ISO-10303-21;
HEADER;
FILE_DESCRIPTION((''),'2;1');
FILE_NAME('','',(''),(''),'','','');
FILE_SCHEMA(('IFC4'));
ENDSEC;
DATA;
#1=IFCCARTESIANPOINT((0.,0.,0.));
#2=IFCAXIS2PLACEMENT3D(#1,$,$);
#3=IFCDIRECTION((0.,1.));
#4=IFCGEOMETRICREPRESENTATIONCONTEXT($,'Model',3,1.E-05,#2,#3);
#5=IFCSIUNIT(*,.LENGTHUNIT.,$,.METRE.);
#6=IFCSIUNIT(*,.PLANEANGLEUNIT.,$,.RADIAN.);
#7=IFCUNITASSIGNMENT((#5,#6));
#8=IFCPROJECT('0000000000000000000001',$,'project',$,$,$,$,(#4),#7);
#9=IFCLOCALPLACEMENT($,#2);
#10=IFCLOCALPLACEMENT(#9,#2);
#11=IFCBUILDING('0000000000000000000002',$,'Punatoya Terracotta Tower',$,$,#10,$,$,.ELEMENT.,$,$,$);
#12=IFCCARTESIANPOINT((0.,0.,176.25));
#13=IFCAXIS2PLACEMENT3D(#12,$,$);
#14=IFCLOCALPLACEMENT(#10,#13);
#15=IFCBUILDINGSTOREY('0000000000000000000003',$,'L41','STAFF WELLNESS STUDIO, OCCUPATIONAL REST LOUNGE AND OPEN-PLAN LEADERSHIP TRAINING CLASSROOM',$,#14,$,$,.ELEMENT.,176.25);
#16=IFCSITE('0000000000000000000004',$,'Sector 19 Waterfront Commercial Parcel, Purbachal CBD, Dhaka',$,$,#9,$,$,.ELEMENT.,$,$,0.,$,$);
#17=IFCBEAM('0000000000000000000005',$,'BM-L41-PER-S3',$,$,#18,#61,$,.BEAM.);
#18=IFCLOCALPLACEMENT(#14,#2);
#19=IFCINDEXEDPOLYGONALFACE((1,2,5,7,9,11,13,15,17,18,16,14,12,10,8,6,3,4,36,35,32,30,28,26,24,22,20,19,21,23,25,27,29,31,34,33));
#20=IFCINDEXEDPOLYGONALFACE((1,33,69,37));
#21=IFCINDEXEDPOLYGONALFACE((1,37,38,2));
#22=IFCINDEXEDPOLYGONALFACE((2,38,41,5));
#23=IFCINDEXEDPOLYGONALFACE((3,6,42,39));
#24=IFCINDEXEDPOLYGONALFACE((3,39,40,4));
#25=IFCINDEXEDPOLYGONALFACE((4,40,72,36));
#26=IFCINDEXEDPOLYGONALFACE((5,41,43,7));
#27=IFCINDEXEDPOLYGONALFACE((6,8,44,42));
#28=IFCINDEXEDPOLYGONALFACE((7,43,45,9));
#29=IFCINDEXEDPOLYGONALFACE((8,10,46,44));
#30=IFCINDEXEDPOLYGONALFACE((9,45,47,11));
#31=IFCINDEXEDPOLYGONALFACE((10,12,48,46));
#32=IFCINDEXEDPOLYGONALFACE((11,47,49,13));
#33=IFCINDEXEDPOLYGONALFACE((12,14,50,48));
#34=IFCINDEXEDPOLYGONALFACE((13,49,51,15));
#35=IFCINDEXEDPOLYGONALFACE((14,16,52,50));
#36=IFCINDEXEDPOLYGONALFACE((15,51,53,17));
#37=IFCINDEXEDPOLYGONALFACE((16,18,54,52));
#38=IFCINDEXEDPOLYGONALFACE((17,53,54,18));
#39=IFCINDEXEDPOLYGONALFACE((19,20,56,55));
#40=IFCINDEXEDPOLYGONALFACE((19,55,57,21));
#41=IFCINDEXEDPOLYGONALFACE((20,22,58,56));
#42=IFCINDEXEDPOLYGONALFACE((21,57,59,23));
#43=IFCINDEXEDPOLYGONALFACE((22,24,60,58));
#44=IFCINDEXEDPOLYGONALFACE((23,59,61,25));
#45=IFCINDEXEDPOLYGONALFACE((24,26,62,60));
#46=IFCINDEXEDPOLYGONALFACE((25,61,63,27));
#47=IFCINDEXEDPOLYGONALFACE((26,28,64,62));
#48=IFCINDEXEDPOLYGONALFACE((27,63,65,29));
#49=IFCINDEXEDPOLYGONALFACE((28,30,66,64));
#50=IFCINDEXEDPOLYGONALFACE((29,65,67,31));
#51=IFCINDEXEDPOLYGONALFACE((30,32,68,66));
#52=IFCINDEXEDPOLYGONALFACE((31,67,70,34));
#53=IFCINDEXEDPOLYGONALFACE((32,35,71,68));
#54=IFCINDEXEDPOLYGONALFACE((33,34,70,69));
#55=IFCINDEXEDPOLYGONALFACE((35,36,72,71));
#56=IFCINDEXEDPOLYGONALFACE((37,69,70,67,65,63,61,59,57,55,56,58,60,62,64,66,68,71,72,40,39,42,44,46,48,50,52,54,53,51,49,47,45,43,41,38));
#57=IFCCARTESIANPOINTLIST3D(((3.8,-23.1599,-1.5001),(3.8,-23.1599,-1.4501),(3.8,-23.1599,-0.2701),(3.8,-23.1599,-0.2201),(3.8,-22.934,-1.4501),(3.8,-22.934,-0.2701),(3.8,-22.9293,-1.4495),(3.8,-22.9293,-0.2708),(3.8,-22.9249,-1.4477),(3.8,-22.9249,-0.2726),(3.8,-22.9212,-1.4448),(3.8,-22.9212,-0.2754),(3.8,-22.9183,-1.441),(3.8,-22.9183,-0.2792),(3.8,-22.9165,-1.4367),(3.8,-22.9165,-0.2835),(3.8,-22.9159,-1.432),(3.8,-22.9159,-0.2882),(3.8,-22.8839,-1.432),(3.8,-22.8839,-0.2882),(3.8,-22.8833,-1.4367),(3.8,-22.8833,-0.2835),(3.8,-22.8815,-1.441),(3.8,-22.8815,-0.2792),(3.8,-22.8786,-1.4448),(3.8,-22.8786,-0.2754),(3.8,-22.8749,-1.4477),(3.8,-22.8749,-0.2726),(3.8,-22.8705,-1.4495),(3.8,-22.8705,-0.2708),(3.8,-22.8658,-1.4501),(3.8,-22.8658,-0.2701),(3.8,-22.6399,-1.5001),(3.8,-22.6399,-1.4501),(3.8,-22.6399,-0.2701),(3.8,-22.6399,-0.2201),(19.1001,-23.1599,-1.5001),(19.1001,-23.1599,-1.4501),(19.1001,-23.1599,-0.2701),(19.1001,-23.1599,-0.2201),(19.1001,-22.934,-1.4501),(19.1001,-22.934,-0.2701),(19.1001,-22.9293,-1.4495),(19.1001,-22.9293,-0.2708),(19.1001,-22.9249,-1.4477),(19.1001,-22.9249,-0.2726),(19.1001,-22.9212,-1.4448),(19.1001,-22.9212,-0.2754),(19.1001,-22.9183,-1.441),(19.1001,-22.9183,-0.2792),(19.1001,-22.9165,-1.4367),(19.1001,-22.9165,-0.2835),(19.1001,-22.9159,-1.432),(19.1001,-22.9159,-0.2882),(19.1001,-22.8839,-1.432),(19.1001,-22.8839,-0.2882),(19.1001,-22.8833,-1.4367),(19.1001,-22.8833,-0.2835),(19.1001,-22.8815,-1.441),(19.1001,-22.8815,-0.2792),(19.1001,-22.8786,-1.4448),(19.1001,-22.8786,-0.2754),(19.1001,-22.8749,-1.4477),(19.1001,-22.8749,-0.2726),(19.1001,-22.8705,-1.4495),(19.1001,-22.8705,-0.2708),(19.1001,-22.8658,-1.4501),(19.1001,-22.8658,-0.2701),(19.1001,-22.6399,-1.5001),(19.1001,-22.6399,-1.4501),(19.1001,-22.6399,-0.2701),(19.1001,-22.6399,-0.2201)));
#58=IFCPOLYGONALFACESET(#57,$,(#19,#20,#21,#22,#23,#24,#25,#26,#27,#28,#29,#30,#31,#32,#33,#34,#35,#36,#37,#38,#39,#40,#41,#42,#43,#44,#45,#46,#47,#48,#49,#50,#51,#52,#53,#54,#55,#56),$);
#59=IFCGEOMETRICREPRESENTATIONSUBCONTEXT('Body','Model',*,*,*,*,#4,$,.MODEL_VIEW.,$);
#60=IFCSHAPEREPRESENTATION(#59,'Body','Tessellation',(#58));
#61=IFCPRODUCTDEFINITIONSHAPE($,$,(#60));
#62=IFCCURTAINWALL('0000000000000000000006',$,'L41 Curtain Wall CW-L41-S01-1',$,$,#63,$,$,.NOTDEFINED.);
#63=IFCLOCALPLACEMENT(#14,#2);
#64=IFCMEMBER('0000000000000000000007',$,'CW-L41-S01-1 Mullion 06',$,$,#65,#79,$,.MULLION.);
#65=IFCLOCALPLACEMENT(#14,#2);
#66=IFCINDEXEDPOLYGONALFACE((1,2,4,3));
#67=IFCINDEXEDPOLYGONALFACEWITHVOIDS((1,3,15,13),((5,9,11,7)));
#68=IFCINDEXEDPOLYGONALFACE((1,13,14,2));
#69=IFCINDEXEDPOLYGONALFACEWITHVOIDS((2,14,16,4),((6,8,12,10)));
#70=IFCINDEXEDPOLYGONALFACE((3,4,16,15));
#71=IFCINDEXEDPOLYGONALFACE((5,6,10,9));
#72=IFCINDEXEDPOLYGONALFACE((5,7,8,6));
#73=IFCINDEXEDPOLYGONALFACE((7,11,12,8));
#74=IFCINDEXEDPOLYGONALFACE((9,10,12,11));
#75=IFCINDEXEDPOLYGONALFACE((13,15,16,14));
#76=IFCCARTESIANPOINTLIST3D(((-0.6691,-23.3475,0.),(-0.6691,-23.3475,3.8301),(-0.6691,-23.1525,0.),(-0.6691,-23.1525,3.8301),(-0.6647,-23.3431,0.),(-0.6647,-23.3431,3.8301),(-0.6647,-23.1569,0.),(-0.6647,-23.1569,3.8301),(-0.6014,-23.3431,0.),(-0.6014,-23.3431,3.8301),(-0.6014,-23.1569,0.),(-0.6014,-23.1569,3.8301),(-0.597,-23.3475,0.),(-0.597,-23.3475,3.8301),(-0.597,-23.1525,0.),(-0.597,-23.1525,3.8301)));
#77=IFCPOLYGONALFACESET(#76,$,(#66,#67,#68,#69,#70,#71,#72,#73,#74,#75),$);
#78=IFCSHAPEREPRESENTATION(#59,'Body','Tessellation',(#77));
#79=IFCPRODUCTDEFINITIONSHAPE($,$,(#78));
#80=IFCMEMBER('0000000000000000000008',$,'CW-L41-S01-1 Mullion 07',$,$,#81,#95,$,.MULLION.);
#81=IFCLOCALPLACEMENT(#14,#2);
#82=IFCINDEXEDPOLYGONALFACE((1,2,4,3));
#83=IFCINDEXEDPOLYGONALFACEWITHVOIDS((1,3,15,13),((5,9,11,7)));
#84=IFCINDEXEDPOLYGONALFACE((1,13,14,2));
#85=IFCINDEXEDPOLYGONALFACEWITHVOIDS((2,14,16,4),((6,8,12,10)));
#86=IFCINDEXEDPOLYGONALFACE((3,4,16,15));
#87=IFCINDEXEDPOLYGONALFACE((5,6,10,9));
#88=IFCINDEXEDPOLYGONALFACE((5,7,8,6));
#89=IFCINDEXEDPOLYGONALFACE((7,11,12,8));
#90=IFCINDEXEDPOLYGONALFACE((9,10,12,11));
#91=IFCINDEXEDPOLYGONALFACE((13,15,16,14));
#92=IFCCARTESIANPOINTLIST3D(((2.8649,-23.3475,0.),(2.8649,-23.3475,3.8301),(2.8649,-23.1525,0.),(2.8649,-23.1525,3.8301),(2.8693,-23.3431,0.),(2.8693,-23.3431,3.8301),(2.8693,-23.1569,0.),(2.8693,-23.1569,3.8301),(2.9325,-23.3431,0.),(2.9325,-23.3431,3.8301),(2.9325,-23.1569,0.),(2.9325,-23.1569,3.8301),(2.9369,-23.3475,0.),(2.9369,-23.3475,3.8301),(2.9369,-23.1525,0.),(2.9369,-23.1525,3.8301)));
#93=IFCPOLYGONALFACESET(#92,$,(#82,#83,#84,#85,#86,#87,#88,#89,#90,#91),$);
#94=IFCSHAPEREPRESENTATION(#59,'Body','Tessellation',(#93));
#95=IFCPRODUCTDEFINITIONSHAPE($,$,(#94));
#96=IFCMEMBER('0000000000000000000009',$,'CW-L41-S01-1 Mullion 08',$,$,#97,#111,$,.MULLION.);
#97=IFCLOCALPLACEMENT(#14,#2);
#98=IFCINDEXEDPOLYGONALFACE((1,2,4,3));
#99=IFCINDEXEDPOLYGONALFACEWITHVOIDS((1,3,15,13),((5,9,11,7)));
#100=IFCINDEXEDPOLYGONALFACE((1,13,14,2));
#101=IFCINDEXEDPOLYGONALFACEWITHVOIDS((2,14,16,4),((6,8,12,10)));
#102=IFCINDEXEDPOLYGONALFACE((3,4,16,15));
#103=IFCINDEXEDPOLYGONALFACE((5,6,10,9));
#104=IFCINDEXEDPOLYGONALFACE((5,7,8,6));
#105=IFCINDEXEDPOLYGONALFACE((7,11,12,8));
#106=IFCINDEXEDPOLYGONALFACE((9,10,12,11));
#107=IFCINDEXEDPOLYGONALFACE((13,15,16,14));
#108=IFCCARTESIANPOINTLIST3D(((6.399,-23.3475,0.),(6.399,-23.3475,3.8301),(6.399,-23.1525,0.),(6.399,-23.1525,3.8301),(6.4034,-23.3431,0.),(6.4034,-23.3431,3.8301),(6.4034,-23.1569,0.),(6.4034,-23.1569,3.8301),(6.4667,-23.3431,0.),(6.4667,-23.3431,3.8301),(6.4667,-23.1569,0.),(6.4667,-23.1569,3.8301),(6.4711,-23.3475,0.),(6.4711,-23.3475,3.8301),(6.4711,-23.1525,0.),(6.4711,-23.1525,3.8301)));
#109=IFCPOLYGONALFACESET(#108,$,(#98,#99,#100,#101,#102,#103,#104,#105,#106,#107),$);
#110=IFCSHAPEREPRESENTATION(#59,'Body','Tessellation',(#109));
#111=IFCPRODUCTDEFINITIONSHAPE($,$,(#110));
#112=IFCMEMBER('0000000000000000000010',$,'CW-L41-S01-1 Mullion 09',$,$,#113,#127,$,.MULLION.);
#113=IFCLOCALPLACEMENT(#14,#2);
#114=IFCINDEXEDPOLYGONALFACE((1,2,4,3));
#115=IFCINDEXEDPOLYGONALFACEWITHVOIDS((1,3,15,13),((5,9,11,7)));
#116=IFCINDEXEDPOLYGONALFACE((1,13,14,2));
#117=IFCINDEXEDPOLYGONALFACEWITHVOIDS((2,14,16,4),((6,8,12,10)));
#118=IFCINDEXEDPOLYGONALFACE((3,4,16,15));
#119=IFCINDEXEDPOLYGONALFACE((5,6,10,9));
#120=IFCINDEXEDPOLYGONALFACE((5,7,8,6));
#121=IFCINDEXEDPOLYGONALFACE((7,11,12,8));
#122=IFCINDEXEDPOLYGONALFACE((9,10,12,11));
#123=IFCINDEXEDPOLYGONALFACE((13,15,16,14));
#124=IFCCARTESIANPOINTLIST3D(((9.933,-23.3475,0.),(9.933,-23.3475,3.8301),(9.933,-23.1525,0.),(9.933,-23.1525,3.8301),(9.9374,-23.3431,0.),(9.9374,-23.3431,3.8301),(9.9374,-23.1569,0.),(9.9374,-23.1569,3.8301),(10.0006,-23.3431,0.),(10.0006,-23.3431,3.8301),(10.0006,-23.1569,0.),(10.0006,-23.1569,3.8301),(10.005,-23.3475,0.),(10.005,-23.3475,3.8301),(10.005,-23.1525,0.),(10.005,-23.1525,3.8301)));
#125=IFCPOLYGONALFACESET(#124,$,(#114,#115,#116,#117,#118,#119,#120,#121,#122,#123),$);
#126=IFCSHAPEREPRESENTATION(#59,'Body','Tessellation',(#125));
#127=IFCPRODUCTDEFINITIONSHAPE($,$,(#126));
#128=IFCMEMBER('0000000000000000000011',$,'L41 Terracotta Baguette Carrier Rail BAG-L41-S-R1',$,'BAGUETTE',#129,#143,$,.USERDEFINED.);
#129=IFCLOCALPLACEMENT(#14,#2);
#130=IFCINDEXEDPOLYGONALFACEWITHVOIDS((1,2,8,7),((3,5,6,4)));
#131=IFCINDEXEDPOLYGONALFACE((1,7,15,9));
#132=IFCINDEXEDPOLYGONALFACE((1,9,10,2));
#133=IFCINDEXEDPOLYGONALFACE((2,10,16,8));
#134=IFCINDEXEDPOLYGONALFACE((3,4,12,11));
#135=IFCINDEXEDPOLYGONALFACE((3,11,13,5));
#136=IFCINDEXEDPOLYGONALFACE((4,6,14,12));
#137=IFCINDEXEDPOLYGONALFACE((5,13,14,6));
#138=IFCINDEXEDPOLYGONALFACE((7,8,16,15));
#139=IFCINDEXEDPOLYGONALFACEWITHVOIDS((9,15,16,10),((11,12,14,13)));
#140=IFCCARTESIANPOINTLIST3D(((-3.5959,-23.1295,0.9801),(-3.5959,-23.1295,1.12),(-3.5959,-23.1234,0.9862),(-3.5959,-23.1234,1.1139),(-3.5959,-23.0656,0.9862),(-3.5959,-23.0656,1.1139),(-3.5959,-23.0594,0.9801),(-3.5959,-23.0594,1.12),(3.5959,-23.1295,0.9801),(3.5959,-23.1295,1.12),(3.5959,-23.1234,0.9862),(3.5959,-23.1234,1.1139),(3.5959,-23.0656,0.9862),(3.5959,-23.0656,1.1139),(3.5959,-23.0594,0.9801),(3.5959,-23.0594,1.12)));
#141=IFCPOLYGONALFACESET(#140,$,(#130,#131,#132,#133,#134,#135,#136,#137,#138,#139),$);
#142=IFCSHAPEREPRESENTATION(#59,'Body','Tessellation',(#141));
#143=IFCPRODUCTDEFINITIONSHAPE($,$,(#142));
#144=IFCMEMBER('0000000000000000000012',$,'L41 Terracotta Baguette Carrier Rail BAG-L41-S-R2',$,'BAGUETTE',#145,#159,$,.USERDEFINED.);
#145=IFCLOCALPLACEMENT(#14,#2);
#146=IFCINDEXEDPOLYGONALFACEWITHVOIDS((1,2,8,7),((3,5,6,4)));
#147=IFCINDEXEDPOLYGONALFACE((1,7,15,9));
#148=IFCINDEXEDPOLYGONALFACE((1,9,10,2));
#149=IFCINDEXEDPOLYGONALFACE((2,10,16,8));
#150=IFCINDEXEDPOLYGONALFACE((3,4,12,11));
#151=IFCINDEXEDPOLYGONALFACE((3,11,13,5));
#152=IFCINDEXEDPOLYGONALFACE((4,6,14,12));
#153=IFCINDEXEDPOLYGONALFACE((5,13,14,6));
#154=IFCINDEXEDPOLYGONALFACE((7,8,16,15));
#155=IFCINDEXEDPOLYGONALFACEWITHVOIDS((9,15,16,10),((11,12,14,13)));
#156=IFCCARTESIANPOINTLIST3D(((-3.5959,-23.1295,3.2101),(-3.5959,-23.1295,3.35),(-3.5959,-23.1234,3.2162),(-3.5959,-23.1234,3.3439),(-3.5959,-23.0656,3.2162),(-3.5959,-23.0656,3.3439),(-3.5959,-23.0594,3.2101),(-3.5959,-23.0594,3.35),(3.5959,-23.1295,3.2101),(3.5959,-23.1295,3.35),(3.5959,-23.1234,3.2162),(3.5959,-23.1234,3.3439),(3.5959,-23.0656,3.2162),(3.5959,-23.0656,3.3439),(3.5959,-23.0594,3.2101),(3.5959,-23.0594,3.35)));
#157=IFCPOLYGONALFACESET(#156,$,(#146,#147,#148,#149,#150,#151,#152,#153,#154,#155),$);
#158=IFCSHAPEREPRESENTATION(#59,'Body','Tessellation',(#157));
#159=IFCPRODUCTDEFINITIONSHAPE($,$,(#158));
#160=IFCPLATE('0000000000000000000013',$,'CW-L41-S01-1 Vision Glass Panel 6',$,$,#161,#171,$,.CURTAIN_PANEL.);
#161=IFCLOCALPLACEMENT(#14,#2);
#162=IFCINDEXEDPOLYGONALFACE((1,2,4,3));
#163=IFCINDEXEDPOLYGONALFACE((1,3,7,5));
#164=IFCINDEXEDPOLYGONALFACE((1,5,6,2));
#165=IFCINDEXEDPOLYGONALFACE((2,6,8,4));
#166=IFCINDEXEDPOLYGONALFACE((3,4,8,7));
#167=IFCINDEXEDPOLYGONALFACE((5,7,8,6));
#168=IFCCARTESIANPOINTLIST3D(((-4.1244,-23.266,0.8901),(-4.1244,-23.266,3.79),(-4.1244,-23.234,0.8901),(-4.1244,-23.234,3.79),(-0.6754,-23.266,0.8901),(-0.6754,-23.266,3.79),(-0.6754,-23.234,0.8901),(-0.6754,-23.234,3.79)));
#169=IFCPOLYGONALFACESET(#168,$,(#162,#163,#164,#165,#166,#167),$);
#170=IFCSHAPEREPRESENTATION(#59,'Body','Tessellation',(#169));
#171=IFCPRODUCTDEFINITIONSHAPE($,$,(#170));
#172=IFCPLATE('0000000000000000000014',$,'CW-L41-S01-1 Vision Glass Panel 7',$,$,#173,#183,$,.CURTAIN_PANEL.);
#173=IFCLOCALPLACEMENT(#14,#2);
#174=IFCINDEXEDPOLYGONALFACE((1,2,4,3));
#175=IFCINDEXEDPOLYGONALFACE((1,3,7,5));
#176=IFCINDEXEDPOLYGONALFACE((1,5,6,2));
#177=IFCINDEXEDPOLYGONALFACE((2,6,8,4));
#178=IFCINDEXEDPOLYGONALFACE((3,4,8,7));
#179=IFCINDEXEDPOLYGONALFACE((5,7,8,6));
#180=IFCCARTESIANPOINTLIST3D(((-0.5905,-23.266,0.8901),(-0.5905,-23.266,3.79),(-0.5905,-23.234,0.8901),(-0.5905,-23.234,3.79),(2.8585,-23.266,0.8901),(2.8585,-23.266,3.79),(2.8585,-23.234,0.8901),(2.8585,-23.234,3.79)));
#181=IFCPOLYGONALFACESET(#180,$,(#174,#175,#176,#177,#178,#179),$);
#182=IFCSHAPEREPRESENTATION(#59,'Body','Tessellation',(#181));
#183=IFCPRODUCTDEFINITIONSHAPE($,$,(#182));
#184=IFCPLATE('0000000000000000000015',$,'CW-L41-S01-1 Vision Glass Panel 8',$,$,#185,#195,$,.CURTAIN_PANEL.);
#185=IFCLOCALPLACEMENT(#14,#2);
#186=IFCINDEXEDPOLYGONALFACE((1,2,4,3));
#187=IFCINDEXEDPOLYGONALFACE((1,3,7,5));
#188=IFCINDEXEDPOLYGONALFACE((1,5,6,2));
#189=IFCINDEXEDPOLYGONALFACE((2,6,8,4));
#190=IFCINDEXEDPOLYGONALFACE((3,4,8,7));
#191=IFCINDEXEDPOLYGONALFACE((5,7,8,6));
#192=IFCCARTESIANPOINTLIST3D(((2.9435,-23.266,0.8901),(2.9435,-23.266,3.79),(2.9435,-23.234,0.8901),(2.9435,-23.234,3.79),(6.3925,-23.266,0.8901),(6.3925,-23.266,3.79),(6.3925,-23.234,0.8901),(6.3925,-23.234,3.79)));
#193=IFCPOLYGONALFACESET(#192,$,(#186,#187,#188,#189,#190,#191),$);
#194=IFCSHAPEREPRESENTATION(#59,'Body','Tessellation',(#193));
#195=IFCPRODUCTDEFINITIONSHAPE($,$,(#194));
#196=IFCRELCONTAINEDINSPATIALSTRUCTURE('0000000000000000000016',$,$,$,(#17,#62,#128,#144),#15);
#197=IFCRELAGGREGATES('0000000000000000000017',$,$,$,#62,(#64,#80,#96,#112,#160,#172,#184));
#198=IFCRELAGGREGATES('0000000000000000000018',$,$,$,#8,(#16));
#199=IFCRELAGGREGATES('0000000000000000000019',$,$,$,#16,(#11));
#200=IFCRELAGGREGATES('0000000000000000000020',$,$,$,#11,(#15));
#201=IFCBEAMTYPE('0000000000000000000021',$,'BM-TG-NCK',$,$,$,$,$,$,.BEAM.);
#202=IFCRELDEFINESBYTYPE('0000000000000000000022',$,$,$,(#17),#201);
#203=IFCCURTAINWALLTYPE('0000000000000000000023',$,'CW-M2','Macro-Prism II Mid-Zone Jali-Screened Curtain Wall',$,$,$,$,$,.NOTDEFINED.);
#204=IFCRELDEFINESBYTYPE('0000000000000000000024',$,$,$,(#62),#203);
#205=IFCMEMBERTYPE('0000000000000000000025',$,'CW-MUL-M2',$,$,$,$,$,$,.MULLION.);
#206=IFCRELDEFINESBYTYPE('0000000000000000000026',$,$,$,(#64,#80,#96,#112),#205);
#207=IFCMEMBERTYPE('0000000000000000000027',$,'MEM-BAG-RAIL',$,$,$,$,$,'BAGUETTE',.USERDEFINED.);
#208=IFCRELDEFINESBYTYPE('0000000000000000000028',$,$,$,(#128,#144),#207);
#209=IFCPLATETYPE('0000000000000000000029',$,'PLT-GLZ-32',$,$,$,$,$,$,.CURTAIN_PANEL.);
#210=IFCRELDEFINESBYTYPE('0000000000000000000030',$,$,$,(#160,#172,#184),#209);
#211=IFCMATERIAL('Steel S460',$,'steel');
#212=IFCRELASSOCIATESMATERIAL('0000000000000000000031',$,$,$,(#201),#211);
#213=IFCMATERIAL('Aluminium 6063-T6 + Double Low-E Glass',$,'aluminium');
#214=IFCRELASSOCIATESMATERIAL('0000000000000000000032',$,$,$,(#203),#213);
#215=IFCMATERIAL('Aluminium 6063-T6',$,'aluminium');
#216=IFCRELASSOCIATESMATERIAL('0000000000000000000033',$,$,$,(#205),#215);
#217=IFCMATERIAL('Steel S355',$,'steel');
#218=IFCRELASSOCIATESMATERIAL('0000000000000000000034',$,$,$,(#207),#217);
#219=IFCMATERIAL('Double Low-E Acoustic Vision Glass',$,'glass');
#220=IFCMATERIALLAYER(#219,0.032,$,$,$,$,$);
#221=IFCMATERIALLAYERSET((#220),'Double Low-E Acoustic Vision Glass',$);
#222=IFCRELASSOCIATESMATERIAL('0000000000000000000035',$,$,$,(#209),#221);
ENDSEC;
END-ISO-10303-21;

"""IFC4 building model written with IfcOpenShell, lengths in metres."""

from ifc_helpers import new_model, si_unit, direction, frame, origin, origin_2d, place, context, subcontext, project, spatial, rectangle, hollow_rectangle, i_section, extrude, material, layer, layer_set, material_profile, profile_set, type_object, element, aggregate, save


model = new_model("IFC4")

# Units and contexts
model_context = context("Model", 3, precision=1e-05, world=origin(), true_north=direction((0.0, 1.0)))
body_context = subcontext(model_context, "Body", "Model", "MODEL_VIEW")
ifc_project = project(units=[si_unit("LENGTHUNIT", "METRE"), si_unit("PLANEANGLEUNIT", "RADIAN")], contexts=[model_context])

# Site, building, storey
site_placement = place(None, origin())
site = spatial("IfcSite", under=ifc_project, at=site_placement, Name="Sector 19 Waterfront Commercial Parcel, Purbachal CBD, Dhaka", CompositionType="ELEMENT", RefElevation=0.0)
building_placement = place(site_placement, origin())
building = spatial("IfcBuilding", under=site, at=building_placement, Name="Punatoya Terracotta Tower", CompositionType="ELEMENT")
storey_placement = place(building_placement, frame((0.0, 0.0, 176.25)))
storey = spatial("IfcBuildingStorey", under=building, at=storey_placement, Name="L41", Description="STAFF WELLNESS STUDIO, OCCUPATIONAL REST LOUNGE AND OPEN-PLAN LEADERSHIP TRAINING CLASSROOM", CompositionType="ELEMENT", Elevation=176.25)

# Shared definitions
ifc_material_1 = material(Name="Steel S460", Category="steel")

# Beam
ifc_material_2 = material(Name="Steel S355", Category="steel")
ifc_material_profile_1 = material_profile(ifc_material_1, i_section(OverallWidth=0.52, OverallDepth=1.28, WebThickness=0.032, FlangeThickness=0.05, FilletRadius=0.0181, at=origin_2d()))
ifc_profile_set_1 = profile_set([ifc_material_profile_1], Name="Steel S460")
beam_type_1 = type_object("IfcBeamType", Name="BM-TG-NCK", PredefinedType="BEAM", material=ifc_profile_set_1)
beam_1_placement = place(storey_placement, frame((3.8, -22.8999, -0.8601), z_axis=(1.0, 0.0, 0.0), x_axis=(0.0, 1.0, 0.0)))
element("IfcBeam", 1, at=beam_1_placement, inside=storey, type_object=beam_type_1, Name="BM-L41-PER-S3", PredefinedType="BEAM", context=body_context, shape_type="SweptSolid", body=[
    extrude(i_section(OverallWidth=0.52, OverallDepth=1.28, WebThickness=0.032, FlangeThickness=0.05, FilletRadius=0.0181, at=origin_2d()), origin(), (0.0, 0.0, 1.0), 15.3),
])

# Curtain wall, members
ifc_material_3 = material(Name="Aluminium 6063-T6 + Double Low-E Glass", Category="aluminium")
curtain_wall_type = type_object("IfcCurtainWallType", Name="CW-M2", Description="Macro-Prism II Mid-Zone Jali-Screened Curtain Wall", PredefinedType="NOTDEFINED", material=ifc_material_3)
curtain_wall_placement = place(storey_placement, origin())
curtain_wall = element("IfcCurtainWall", 2, at=curtain_wall_placement, inside=storey, type_object=curtain_wall_type, Name="L41 Curtain Wall CW-L41-S01-1", PredefinedType="NOTDEFINED")
ifc_material_4 = material(Name="Aluminium 6063-T6", Category="aluminium")
ifc_material_profile_2 = material_profile(ifc_material_4, hollow_rectangle(XDim=0.072, YDim=0.1951, WallThickness=0.0044, at=origin_2d()))
ifc_profile_set_2 = profile_set([ifc_material_profile_2], Name="Aluminium 6063-T6")
member_type_1 = type_object("IfcMemberType", Name="CW-MUL-M2", PredefinedType="MULLION", material=ifc_profile_set_2)
member_1_placement = place(storey_placement, frame((-0.6331, -23.25, 0.0), z_axis=(0.0, 0.0, 1.0), x_axis=(1.0, 0.0, 0.0)))
member_1 = element("IfcMember", 3, at=member_1_placement, type_object=member_type_1, Name="CW-L41-S01-1 Mullion 06", PredefinedType="MULLION", context=body_context, shape_type="SweptSolid", body=[
    extrude(hollow_rectangle(XDim=0.072, YDim=0.1951, WallThickness=0.0044, at=origin_2d()), origin(), (0.0, 0.0, 1.0), 3.8301),
])
member_2_placement = place(storey_placement, frame((2.9009, -23.25, 0.0), z_axis=(0.0, 0.0, 1.0), x_axis=(1.0, 0.0, 0.0)))
member_2 = element("IfcMember", 4, at=member_2_placement, type_object=member_type_1, Name="CW-L41-S01-1 Mullion 07", PredefinedType="MULLION", context=body_context, shape_type="SweptSolid", body=[
    extrude(hollow_rectangle(XDim=0.072, YDim=0.1951, WallThickness=0.0044, at=origin_2d()), origin(), (0.0, 0.0, 1.0), 3.8301),
])
member_3_placement = place(storey_placement, frame((6.4351, -23.25, 0.0), z_axis=(0.0, 0.0, 1.0), x_axis=(1.0, 0.0, 0.0)))
member_3 = element("IfcMember", 5, at=member_3_placement, type_object=member_type_1, Name="CW-L41-S01-1 Mullion 08", PredefinedType="MULLION", context=body_context, shape_type="SweptSolid", body=[
    extrude(hollow_rectangle(XDim=0.072, YDim=0.1951, WallThickness=0.0044, at=origin_2d()), origin(), (0.0, 0.0, 1.0), 3.8301),
])
member_4_placement = place(storey_placement, frame((9.969, -23.25, 0.0), z_axis=(0.0, 0.0, 1.0), x_axis=(1.0, 0.0, 0.0)))
member_4 = element("IfcMember", 6, at=member_4_placement, type_object=member_type_1, Name="CW-L41-S01-1 Mullion 09", PredefinedType="MULLION", context=body_context, shape_type="SweptSolid", body=[
    extrude(hollow_rectangle(XDim=0.072, YDim=0.1951, WallThickness=0.0044, at=origin_2d()), origin(), (0.0, 0.0, 1.0), 3.8301),
])

# Members
ifc_material_profile_3 = material_profile(ifc_material_2, hollow_rectangle(XDim=0.0701, YDim=0.1399, WallThickness=0.0061, at=origin_2d()))
ifc_profile_set_3 = profile_set([ifc_material_profile_3], Name="Steel S355")
member_type_2 = type_object("IfcMemberType", Name="MEM-BAG-RAIL", ElementType="BAGUETTE", PredefinedType="USERDEFINED", material=ifc_profile_set_3)
for number, where, z_axis, x_axis, name in (
    (7, (-3.5959, -23.0945, 1.05), (1.0, 0.0, 0.0), (0.0, 1.0, 0.0), "L41 Terracotta Baguette Carrier Rail BAG-L41-S-R1"),
    (8, (-3.5959, -23.0945, 3.28), (1.0, 0.0, 0.0), (0.0, 1.0, 0.0), "L41 Terracotta Baguette Carrier Rail BAG-L41-S-R2"),
):
    element("IfcMember", number, at=place(storey_placement, frame(where, z_axis=z_axis, x_axis=x_axis)), inside=storey, type_object=member_type_2, Name=name, ObjectType="BAGUETTE", PredefinedType="USERDEFINED", context=body_context, shape_type="SweptSolid", body=[
        extrude(hollow_rectangle(XDim=0.0701, YDim=0.1399, WallThickness=0.0061, at=origin_2d()), origin(), (0.0, 0.0, 1.0), 7.1919),
    ])

# Plates
ifc_material_5 = material(Name="Double Low-E Acoustic Vision Glass", Category="glass")
ifc_layer_1 = layer(ifc_material_5, 0.032)
ifc_layer_set_1 = layer_set([ifc_layer_1], Name="Double Low-E Acoustic Vision Glass")
plate_type_1 = type_object("IfcPlateType", Name="PLT-GLZ-32", PredefinedType="CURTAIN_PANEL", material=ifc_layer_set_1)
plate_1_placement = place(storey_placement, frame((-2.3999, -23.25, 0.8901), z_axis=(0.0, 0.0, 1.0), x_axis=(1.0, 0.0, 0.0)))
plate_1 = element("IfcPlate", 9, at=plate_1_placement, type_object=plate_type_1, Name="CW-L41-S01-1 Vision Glass Panel 6", PredefinedType="CURTAIN_PANEL", context=body_context, shape_type="SweptSolid", body=[
    extrude(rectangle(XDim=3.449, YDim=0.032, at=origin_2d()), origin(), (0.0, 0.0, 1.0), 2.8999),
])
plate_2_placement = place(storey_placement, frame((1.134, -23.25, 0.8901), z_axis=(0.0, 0.0, 1.0), x_axis=(1.0, 0.0, 0.0)))
plate_2 = element("IfcPlate", 10, at=plate_2_placement, type_object=plate_type_1, Name="CW-L41-S01-1 Vision Glass Panel 7", PredefinedType="CURTAIN_PANEL", context=body_context, shape_type="SweptSolid", body=[
    extrude(rectangle(XDim=3.449, YDim=0.032, at=origin_2d()), origin(), (0.0, 0.0, 1.0), 2.8999),
])
plate_3_placement = place(storey_placement, frame((4.668, -23.25, 0.8901), z_axis=(0.0, 0.0, 1.0), x_axis=(1.0, 0.0, 0.0)))
plate_3 = element("IfcPlate", 11, at=plate_3_placement, type_object=plate_type_1, Name="CW-L41-S01-1 Vision Glass Panel 8", PredefinedType="CURTAIN_PANEL", context=body_context, shape_type="SweptSolid", body=[
    extrude(rectangle(XDim=3.449, YDim=0.032, at=origin_2d()), origin(), (0.0, 0.0, 1.0), 2.8999),
])
aggregate(curtain_wall, [member_1, member_2, member_3, member_4, plate_1, plate_2, plate_3])

save(model, "model.ifc")
